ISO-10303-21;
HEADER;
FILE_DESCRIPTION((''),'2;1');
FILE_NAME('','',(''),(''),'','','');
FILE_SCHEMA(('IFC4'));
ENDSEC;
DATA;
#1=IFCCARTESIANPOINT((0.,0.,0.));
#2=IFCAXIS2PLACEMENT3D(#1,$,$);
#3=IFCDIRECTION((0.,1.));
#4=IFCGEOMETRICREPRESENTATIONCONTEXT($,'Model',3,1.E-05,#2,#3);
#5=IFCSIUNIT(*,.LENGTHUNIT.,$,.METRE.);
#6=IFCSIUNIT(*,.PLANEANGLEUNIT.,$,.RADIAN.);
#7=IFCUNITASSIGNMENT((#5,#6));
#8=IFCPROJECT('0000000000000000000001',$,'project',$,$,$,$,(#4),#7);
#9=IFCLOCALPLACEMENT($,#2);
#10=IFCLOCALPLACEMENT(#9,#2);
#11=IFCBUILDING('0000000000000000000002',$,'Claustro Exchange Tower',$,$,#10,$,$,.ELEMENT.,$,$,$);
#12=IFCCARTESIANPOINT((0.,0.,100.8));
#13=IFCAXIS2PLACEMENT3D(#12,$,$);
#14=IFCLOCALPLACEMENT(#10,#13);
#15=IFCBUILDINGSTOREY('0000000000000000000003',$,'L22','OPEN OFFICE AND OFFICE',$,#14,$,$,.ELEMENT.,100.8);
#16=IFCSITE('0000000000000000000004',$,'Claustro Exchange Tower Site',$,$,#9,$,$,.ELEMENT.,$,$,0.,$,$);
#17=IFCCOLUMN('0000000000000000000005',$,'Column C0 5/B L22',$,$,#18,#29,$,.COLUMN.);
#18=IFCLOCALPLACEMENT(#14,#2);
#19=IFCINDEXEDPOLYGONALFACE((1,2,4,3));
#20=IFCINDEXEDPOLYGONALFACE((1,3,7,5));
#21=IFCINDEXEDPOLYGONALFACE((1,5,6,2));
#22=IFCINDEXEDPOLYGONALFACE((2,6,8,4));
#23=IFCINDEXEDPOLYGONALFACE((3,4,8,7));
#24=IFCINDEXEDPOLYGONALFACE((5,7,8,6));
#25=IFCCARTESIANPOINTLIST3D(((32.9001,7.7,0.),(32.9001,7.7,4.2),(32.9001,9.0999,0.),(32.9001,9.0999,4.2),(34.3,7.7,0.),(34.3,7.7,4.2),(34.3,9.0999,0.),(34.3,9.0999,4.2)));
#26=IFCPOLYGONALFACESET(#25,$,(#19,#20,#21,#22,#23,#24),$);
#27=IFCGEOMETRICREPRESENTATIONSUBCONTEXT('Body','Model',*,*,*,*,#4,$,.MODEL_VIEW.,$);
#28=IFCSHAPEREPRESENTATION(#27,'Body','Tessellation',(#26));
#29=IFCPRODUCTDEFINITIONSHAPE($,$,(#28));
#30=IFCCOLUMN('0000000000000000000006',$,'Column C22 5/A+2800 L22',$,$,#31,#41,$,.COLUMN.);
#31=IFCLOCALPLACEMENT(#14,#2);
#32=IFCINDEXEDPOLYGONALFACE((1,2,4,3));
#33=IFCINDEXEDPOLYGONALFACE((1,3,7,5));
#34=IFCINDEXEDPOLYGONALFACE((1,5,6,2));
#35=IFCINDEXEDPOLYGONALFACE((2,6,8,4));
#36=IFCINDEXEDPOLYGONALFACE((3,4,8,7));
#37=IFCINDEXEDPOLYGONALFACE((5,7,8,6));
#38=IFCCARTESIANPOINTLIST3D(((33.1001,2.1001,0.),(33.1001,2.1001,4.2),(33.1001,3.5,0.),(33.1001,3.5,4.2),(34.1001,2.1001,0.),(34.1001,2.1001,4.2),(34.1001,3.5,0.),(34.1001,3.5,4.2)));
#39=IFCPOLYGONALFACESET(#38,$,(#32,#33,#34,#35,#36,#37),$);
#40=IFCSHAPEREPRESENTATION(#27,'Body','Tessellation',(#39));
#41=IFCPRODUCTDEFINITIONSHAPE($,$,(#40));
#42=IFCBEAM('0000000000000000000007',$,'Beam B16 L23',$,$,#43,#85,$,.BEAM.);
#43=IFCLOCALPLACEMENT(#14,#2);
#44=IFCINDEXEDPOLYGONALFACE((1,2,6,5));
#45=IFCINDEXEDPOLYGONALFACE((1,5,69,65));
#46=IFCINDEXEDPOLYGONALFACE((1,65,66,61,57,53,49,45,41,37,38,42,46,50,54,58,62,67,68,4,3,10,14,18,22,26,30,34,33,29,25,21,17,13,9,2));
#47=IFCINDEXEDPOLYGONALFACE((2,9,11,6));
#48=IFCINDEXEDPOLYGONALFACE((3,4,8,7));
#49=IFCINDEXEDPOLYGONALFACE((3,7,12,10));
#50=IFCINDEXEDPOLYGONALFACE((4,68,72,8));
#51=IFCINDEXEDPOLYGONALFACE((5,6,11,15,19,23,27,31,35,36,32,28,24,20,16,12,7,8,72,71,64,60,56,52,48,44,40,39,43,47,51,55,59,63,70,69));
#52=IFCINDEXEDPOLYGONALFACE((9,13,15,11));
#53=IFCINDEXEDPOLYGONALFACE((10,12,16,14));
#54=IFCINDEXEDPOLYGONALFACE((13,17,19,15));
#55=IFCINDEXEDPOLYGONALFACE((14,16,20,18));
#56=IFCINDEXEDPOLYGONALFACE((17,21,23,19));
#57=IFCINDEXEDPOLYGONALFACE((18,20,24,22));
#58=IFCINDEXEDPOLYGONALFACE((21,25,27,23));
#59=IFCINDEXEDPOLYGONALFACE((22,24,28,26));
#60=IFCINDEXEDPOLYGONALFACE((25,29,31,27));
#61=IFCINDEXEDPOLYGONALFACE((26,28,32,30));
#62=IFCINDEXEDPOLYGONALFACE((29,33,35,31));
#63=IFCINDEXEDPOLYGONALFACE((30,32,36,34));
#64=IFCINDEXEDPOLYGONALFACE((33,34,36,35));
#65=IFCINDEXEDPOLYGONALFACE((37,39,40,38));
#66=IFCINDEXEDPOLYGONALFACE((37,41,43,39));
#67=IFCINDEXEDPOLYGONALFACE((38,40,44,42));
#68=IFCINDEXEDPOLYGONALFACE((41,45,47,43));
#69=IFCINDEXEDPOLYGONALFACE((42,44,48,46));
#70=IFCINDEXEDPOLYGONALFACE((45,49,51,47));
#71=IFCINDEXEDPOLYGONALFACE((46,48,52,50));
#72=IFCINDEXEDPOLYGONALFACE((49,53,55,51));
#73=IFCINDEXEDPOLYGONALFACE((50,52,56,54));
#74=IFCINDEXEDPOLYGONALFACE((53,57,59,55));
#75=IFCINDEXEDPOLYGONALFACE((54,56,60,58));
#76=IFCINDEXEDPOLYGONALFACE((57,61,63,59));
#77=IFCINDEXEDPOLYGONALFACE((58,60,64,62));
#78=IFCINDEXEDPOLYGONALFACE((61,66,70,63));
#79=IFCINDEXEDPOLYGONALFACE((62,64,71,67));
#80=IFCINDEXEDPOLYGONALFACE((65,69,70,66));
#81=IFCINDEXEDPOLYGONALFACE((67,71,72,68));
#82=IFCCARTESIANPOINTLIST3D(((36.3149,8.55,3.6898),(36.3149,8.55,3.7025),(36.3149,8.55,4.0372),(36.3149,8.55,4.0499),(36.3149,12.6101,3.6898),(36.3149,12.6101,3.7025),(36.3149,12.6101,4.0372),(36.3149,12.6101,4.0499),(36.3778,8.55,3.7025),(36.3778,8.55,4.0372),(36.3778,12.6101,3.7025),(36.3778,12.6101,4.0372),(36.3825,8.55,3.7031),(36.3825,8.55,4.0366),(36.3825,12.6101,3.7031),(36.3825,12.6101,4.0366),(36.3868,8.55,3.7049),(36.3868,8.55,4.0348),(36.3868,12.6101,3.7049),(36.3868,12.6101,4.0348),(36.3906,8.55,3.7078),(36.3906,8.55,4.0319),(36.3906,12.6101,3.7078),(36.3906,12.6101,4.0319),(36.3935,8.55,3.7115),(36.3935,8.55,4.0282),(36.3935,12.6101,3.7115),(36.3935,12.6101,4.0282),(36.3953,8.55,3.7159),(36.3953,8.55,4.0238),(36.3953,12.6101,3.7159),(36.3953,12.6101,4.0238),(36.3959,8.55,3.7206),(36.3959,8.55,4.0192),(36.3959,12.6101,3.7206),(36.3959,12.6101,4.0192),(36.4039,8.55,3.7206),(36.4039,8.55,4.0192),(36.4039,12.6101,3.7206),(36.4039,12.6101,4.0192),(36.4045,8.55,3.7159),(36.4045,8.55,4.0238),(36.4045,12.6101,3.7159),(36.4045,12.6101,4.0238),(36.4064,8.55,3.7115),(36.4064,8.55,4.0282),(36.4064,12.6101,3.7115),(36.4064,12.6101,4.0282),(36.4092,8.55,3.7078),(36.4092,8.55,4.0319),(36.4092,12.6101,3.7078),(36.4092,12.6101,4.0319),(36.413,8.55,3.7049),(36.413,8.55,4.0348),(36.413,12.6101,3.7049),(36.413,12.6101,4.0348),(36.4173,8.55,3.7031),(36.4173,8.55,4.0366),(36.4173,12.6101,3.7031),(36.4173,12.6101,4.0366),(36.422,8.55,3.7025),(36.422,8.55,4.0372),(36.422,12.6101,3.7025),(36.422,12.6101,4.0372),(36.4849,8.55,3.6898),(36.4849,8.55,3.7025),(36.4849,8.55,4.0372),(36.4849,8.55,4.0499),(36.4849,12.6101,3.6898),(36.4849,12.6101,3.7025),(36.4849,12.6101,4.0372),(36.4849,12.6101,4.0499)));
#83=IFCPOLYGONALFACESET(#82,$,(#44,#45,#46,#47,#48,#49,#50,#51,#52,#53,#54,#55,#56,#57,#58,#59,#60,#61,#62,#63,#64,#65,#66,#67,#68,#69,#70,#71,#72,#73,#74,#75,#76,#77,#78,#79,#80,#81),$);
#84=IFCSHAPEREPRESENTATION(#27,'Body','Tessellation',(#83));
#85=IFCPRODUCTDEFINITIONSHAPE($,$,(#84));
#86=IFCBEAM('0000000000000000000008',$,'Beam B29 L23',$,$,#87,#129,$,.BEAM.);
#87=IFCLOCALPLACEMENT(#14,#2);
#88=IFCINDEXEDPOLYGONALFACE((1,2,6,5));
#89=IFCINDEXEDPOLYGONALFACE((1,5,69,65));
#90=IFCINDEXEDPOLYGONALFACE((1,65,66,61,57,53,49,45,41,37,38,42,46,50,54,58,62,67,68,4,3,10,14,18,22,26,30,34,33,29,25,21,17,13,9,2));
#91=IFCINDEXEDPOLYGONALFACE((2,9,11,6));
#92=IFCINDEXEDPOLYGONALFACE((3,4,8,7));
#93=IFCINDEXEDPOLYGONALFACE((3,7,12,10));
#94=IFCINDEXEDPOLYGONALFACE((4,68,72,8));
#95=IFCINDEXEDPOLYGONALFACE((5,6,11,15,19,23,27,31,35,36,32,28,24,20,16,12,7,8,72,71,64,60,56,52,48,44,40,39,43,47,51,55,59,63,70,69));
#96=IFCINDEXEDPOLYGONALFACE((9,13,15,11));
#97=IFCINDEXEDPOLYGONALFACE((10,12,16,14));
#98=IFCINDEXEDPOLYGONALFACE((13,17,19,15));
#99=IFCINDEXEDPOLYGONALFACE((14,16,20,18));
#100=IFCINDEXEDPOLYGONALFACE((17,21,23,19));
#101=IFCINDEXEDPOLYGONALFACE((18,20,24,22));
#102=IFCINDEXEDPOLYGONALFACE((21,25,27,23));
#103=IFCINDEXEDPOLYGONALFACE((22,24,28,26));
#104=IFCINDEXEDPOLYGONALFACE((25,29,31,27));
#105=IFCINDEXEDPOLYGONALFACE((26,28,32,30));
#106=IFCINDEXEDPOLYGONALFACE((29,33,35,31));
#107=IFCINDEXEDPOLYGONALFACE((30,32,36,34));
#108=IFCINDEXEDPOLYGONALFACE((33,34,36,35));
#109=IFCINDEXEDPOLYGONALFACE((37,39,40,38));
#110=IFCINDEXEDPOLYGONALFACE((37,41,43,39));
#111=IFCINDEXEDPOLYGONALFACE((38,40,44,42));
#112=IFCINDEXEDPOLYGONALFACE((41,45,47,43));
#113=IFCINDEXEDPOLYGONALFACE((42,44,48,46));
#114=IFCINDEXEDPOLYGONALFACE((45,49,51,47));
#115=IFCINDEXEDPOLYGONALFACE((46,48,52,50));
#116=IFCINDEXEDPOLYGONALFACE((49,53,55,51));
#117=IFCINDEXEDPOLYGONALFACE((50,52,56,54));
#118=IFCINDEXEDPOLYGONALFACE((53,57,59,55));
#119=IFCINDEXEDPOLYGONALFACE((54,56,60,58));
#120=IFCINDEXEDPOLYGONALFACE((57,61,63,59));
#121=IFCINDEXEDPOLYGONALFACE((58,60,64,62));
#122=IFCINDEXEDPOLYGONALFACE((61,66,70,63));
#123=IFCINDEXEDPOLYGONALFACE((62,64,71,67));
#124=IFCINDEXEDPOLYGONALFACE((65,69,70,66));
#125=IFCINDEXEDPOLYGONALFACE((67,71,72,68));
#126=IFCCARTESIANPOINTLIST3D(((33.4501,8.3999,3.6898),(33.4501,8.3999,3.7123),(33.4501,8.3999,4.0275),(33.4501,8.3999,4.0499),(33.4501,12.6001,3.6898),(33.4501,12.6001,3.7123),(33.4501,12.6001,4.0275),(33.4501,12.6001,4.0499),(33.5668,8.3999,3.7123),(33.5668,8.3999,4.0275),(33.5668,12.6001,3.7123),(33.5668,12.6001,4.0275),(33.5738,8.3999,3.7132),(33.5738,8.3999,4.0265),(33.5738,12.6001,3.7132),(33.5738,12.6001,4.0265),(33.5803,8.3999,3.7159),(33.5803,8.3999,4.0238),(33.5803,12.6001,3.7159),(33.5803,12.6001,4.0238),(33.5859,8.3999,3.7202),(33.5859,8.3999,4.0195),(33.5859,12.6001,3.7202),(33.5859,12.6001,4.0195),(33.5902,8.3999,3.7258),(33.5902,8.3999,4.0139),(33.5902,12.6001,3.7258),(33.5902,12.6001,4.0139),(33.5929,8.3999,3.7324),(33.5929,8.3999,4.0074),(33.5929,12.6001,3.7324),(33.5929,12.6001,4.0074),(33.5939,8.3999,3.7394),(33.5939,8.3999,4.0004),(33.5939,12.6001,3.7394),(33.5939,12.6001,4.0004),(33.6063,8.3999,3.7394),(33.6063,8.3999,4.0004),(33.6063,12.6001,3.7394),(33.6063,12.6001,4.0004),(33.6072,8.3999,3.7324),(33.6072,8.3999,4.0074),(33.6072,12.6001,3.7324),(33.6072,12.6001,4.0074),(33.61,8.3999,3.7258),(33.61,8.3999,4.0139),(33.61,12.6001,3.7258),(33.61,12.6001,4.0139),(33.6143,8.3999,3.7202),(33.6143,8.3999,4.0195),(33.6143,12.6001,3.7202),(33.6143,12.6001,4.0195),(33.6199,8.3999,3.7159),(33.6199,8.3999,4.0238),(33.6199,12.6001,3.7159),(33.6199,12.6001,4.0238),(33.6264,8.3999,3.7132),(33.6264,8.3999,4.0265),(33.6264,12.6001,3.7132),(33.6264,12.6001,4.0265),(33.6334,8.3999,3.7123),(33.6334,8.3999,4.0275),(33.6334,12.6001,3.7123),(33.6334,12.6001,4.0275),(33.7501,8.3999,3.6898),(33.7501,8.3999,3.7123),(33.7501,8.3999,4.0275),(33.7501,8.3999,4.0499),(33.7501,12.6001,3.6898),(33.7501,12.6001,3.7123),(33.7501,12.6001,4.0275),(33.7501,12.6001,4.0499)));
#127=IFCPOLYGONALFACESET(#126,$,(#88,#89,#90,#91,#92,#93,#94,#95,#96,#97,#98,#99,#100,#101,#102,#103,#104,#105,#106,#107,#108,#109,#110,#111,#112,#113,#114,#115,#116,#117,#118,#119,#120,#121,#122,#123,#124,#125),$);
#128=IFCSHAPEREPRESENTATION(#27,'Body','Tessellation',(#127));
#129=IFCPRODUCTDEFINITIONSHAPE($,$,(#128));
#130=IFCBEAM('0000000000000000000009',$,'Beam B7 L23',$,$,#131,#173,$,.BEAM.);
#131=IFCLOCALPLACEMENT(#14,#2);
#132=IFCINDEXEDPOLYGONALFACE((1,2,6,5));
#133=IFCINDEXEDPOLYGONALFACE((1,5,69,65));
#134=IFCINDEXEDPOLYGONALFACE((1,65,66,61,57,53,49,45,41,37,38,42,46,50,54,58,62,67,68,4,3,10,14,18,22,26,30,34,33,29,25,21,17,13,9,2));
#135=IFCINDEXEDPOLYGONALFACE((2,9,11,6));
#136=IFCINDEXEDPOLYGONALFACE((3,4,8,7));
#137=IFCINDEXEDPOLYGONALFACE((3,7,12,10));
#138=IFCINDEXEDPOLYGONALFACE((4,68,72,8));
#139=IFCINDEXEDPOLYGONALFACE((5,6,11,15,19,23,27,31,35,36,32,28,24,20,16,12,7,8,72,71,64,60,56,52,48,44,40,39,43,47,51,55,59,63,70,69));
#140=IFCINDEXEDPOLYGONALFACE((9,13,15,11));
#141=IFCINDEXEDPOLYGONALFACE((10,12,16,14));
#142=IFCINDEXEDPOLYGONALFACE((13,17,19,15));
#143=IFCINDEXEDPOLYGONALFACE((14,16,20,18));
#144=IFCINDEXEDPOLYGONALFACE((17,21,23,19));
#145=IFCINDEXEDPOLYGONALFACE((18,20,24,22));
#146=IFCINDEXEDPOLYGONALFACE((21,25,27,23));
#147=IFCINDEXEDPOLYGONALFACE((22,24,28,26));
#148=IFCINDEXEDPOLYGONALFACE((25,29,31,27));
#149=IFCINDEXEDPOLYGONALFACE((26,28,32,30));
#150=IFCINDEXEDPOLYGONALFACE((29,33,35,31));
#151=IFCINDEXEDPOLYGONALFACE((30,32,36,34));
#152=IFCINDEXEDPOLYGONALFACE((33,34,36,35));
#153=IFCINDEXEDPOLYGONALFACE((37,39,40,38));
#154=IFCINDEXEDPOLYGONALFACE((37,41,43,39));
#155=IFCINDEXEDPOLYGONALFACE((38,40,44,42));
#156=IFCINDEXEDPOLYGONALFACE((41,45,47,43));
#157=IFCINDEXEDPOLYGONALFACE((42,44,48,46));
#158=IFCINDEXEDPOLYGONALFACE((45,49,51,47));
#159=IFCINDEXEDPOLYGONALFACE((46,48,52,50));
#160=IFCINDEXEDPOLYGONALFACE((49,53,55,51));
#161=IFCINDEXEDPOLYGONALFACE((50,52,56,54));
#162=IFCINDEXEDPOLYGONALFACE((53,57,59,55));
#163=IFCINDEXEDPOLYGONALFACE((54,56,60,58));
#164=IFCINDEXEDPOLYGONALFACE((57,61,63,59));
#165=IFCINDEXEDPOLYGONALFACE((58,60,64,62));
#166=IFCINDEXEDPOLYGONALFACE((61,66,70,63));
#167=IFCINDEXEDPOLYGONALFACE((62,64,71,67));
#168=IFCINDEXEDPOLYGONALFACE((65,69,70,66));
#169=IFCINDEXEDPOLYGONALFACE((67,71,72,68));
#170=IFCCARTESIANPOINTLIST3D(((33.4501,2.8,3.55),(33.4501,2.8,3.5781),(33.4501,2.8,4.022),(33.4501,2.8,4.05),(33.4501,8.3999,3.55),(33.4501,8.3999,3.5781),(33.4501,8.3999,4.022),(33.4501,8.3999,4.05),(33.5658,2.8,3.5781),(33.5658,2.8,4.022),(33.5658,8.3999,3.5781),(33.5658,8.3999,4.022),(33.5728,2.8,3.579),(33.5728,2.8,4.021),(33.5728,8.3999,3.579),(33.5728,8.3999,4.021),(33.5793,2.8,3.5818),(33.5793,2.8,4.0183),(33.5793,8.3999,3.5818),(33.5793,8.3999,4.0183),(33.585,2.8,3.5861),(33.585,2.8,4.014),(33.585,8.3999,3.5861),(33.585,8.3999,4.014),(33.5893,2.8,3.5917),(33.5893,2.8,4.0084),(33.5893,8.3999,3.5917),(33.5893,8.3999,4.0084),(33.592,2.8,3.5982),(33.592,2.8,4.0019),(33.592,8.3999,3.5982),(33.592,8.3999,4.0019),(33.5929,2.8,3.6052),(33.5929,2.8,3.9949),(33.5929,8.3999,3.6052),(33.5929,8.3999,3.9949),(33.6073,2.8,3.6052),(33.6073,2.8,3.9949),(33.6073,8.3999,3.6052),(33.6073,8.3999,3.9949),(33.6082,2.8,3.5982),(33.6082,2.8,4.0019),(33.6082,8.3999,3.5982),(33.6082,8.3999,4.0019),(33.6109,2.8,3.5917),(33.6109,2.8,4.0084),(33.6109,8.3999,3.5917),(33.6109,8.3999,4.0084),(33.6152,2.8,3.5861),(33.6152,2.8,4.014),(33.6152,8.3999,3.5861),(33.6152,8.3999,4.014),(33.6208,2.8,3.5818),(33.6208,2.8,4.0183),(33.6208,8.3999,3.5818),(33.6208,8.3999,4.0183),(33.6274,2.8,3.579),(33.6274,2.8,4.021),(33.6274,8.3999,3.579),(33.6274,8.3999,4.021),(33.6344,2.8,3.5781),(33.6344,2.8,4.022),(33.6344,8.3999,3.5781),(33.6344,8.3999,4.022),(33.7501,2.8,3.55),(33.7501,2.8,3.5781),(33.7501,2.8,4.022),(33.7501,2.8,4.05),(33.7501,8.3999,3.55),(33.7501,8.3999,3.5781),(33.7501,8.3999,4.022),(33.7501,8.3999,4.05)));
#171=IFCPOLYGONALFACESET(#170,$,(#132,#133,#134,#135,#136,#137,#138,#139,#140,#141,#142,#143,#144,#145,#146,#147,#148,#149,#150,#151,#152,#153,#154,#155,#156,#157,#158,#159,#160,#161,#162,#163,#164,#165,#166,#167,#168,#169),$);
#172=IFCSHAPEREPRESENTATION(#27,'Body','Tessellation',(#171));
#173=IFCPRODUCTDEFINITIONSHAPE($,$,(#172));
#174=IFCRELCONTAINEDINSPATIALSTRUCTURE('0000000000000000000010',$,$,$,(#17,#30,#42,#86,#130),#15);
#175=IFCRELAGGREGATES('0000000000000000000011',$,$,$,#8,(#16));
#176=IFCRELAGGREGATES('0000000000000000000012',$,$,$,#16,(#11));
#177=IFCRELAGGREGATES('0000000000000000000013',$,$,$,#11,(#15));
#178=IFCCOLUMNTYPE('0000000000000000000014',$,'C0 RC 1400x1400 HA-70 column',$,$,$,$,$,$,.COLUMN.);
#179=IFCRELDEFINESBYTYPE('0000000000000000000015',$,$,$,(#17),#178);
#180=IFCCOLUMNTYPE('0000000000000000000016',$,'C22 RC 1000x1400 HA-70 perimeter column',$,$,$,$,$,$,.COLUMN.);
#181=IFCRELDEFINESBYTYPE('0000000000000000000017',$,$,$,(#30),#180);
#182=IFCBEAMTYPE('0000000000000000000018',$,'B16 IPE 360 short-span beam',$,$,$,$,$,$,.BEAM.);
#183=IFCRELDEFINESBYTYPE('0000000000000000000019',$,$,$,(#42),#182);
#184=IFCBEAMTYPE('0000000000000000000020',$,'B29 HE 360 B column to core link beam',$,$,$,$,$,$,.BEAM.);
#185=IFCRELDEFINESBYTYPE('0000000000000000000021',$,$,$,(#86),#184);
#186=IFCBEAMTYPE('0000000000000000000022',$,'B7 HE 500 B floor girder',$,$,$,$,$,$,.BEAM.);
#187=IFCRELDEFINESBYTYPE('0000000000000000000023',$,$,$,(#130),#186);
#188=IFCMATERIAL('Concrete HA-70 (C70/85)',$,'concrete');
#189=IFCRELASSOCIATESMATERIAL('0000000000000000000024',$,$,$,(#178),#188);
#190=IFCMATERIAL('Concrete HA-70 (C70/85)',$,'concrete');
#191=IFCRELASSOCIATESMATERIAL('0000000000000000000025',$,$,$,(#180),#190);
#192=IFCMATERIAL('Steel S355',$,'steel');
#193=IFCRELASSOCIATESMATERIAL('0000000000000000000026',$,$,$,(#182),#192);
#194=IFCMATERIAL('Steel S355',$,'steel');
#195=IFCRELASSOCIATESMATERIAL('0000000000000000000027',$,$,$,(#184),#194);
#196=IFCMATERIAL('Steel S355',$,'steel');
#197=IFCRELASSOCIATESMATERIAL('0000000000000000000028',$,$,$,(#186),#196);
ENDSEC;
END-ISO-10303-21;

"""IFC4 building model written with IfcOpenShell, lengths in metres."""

from ifc_helpers import new_model, si_unit, direction, frame, origin, origin_2d, place, context, subcontext, project, spatial, rectangle, i_section, extrude, material, material_profile, profile_set, type_object, element, save


model = new_model("IFC4")

# Units and contexts
model_context = context("Model", 3, precision=1e-05, world=origin(), true_north=direction((0.0, 1.0)))
body_context = subcontext(model_context, "Body", "Model", "MODEL_VIEW")
ifc_project = project(units=[si_unit("LENGTHUNIT", "METRE"), si_unit("PLANEANGLEUNIT", "RADIAN")], contexts=[model_context])

# Site, building, storey
site_placement = place(None, origin())
site = spatial("IfcSite", under=ifc_project, at=site_placement, Name="Claustro Exchange Tower Site", CompositionType="ELEMENT", RefElevation=0.0)
building_placement = place(site_placement, origin())
building = spatial("IfcBuilding", under=site, at=building_placement, Name="Claustro Exchange Tower", CompositionType="ELEMENT")
storey_placement = place(building_placement, frame((0.0, 0.0, 100.8)))
storey = spatial("IfcBuildingStorey", under=building, at=storey_placement, Name="L22", Description="OPEN OFFICE AND OFFICE", CompositionType="ELEMENT", Elevation=100.8)

# Columns
ifc_material_1 = material(Name="Concrete HA-70 (C70/85)", Category="concrete")
ifc_material_profile_1 = material_profile(ifc_material_1, rectangle(XDim=1.3999, YDim=1.3999, at=origin_2d()), Name="RC 1400x1400")
ifc_profile_set_1 = profile_set([ifc_material_profile_1], Name="Concrete HA-70 (C70/85)")
column_type_1 = type_object("IfcColumnType", Name="C0 RC 1400x1400 HA-70 column", PredefinedType="COLUMN", material=ifc_profile_set_1)
column_1_placement = place(storey_placement, frame((33.6001, 8.3999, 0.0), z_axis=(0.0, 0.0, 1.0), x_axis=(1.0, 0.0, 0.0)))
element("IfcColumn", 1, at=column_1_placement, inside=storey, type_object=column_type_1, Name="Column C0 5/B L22", PredefinedType="COLUMN", context=body_context, shape_type="SweptSolid", body=[
    extrude(rectangle(XDim=1.3999, YDim=1.3999, at=origin_2d()), origin(), (0.0, 0.0, 1.0), 4.2),
])
ifc_material_2 = material(Name="Concrete HA-70 (C70/85)", Category="concrete")
ifc_material_profile_2 = material_profile(ifc_material_2, rectangle(XDim=1.0, YDim=1.3999, at=origin_2d()), Name="RC 1000x1400")
ifc_profile_set_2 = profile_set([ifc_material_profile_2], Name="Concrete HA-70 (C70/85)")
column_type_2 = type_object("IfcColumnType", Name="C22 RC 1000x1400 HA-70 perimeter column", PredefinedType="COLUMN", material=ifc_profile_set_2)
column_2_placement = place(storey_placement, frame((33.6001, 2.8, 0.0), z_axis=(0.0, 0.0, 1.0), x_axis=(1.0, 0.0, 0.0)))
element("IfcColumn", 2, at=column_2_placement, inside=storey, type_object=column_type_2, Name="Column C22 5/A+2800 L22", PredefinedType="COLUMN", context=body_context, shape_type="SweptSolid", body=[
    extrude(rectangle(XDim=1.0, YDim=1.3999, at=origin_2d()), origin(), (0.0, 0.0, 1.0), 4.2),
])

# Beams
ifc_material_3 = material(Name="Steel S355", Category="steel")
ifc_material_profile_3 = material_profile(ifc_material_3, i_section(OverallWidth=0.1699, OverallDepth=0.3601, WebThickness=0.0081, FlangeThickness=0.0127, FilletRadius=0.0181, at=origin_2d()), Name="IPE 360")
ifc_profile_set_3 = profile_set([ifc_material_profile_3], Name="Steel S355")
beam_type_1 = type_object("IfcBeamType", Name="B16 IPE 360 short-span beam", PredefinedType="BEAM", material=ifc_profile_set_3)
beam_1_placement = place(storey_placement, frame((36.3999, 8.55, 3.8699), z_axis=(0.0, 1.0, 0.0), x_axis=(-1.0, 0.0, 0.0)))
element("IfcBeam", 3, at=beam_1_placement, inside=storey, type_object=beam_type_1, Name="Beam B16 L23", PredefinedType="BEAM", context=body_context, shape_type="SweptSolid", body=[
    extrude(i_section(OverallWidth=0.1699, OverallDepth=0.3601, WebThickness=0.0081, FlangeThickness=0.0127, FilletRadius=0.0181, at=origin_2d()), origin(), (0.0, 0.0, 1.0), 4.0601),
])
ifc_material_4 = material(Name="Steel S355", Category="steel")
ifc_material_profile_4 = material_profile(ifc_material_4, i_section(OverallWidth=0.3, OverallDepth=0.3601, WebThickness=0.0125, FlangeThickness=0.0225, FilletRadius=0.0271, at=origin_2d()), Name="HE 360 B")
ifc_profile_set_4 = profile_set([ifc_material_profile_4], Name="Steel S355")
beam_type_2 = type_object("IfcBeamType", Name="B29 HE 360 B column to core link beam", PredefinedType="BEAM", material=ifc_profile_set_4)
beam_2_placement = place(storey_placement, frame((33.6001, 8.3999, 3.8699), z_axis=(0.0, 1.0, 0.0), x_axis=(-1.0, 0.0, 0.0)))
element("IfcBeam", 4, at=beam_2_placement, inside=storey, type_object=beam_type_2, Name="Beam B29 L23", PredefinedType="BEAM", context=body_context, shape_type="SweptSolid", body=[
    extrude(i_section(OverallWidth=0.3, OverallDepth=0.3601, WebThickness=0.0125, FlangeThickness=0.0225, FilletRadius=0.0271, at=origin_2d()), origin(), (0.0, 0.0, 1.0), 4.2002),
])
ifc_material_5 = material(Name="Steel S355", Category="steel")
ifc_material_profile_5 = material_profile(ifc_material_5, i_section(OverallWidth=0.3, OverallDepth=0.5, WebThickness=0.0144, FlangeThickness=0.0281, FilletRadius=0.0271, at=origin_2d()), Name="HE 500 B")
ifc_profile_set_5 = profile_set([ifc_material_profile_5], Name="Steel S355")
beam_type_3 = type_object("IfcBeamType", Name="B7 HE 500 B floor girder", PredefinedType="BEAM", material=ifc_profile_set_5)
beam_3_placement = place(storey_placement, frame((33.6001, 2.8, 3.8), z_axis=(0.0, 1.0, 0.0), x_axis=(-1.0, 0.0, 0.0)))
element("IfcBeam", 5, at=beam_3_placement, inside=storey, type_object=beam_type_3, Name="Beam B7 L23", PredefinedType="BEAM", context=body_context, shape_type="SweptSolid", body=[
    extrude(i_section(OverallWidth=0.3, OverallDepth=0.5, WebThickness=0.0144, FlangeThickness=0.0281, FilletRadius=0.0271, at=origin_2d()), origin(), (0.0, 0.0, 1.0), 5.5999),
])

save(model, "model.ifc")
